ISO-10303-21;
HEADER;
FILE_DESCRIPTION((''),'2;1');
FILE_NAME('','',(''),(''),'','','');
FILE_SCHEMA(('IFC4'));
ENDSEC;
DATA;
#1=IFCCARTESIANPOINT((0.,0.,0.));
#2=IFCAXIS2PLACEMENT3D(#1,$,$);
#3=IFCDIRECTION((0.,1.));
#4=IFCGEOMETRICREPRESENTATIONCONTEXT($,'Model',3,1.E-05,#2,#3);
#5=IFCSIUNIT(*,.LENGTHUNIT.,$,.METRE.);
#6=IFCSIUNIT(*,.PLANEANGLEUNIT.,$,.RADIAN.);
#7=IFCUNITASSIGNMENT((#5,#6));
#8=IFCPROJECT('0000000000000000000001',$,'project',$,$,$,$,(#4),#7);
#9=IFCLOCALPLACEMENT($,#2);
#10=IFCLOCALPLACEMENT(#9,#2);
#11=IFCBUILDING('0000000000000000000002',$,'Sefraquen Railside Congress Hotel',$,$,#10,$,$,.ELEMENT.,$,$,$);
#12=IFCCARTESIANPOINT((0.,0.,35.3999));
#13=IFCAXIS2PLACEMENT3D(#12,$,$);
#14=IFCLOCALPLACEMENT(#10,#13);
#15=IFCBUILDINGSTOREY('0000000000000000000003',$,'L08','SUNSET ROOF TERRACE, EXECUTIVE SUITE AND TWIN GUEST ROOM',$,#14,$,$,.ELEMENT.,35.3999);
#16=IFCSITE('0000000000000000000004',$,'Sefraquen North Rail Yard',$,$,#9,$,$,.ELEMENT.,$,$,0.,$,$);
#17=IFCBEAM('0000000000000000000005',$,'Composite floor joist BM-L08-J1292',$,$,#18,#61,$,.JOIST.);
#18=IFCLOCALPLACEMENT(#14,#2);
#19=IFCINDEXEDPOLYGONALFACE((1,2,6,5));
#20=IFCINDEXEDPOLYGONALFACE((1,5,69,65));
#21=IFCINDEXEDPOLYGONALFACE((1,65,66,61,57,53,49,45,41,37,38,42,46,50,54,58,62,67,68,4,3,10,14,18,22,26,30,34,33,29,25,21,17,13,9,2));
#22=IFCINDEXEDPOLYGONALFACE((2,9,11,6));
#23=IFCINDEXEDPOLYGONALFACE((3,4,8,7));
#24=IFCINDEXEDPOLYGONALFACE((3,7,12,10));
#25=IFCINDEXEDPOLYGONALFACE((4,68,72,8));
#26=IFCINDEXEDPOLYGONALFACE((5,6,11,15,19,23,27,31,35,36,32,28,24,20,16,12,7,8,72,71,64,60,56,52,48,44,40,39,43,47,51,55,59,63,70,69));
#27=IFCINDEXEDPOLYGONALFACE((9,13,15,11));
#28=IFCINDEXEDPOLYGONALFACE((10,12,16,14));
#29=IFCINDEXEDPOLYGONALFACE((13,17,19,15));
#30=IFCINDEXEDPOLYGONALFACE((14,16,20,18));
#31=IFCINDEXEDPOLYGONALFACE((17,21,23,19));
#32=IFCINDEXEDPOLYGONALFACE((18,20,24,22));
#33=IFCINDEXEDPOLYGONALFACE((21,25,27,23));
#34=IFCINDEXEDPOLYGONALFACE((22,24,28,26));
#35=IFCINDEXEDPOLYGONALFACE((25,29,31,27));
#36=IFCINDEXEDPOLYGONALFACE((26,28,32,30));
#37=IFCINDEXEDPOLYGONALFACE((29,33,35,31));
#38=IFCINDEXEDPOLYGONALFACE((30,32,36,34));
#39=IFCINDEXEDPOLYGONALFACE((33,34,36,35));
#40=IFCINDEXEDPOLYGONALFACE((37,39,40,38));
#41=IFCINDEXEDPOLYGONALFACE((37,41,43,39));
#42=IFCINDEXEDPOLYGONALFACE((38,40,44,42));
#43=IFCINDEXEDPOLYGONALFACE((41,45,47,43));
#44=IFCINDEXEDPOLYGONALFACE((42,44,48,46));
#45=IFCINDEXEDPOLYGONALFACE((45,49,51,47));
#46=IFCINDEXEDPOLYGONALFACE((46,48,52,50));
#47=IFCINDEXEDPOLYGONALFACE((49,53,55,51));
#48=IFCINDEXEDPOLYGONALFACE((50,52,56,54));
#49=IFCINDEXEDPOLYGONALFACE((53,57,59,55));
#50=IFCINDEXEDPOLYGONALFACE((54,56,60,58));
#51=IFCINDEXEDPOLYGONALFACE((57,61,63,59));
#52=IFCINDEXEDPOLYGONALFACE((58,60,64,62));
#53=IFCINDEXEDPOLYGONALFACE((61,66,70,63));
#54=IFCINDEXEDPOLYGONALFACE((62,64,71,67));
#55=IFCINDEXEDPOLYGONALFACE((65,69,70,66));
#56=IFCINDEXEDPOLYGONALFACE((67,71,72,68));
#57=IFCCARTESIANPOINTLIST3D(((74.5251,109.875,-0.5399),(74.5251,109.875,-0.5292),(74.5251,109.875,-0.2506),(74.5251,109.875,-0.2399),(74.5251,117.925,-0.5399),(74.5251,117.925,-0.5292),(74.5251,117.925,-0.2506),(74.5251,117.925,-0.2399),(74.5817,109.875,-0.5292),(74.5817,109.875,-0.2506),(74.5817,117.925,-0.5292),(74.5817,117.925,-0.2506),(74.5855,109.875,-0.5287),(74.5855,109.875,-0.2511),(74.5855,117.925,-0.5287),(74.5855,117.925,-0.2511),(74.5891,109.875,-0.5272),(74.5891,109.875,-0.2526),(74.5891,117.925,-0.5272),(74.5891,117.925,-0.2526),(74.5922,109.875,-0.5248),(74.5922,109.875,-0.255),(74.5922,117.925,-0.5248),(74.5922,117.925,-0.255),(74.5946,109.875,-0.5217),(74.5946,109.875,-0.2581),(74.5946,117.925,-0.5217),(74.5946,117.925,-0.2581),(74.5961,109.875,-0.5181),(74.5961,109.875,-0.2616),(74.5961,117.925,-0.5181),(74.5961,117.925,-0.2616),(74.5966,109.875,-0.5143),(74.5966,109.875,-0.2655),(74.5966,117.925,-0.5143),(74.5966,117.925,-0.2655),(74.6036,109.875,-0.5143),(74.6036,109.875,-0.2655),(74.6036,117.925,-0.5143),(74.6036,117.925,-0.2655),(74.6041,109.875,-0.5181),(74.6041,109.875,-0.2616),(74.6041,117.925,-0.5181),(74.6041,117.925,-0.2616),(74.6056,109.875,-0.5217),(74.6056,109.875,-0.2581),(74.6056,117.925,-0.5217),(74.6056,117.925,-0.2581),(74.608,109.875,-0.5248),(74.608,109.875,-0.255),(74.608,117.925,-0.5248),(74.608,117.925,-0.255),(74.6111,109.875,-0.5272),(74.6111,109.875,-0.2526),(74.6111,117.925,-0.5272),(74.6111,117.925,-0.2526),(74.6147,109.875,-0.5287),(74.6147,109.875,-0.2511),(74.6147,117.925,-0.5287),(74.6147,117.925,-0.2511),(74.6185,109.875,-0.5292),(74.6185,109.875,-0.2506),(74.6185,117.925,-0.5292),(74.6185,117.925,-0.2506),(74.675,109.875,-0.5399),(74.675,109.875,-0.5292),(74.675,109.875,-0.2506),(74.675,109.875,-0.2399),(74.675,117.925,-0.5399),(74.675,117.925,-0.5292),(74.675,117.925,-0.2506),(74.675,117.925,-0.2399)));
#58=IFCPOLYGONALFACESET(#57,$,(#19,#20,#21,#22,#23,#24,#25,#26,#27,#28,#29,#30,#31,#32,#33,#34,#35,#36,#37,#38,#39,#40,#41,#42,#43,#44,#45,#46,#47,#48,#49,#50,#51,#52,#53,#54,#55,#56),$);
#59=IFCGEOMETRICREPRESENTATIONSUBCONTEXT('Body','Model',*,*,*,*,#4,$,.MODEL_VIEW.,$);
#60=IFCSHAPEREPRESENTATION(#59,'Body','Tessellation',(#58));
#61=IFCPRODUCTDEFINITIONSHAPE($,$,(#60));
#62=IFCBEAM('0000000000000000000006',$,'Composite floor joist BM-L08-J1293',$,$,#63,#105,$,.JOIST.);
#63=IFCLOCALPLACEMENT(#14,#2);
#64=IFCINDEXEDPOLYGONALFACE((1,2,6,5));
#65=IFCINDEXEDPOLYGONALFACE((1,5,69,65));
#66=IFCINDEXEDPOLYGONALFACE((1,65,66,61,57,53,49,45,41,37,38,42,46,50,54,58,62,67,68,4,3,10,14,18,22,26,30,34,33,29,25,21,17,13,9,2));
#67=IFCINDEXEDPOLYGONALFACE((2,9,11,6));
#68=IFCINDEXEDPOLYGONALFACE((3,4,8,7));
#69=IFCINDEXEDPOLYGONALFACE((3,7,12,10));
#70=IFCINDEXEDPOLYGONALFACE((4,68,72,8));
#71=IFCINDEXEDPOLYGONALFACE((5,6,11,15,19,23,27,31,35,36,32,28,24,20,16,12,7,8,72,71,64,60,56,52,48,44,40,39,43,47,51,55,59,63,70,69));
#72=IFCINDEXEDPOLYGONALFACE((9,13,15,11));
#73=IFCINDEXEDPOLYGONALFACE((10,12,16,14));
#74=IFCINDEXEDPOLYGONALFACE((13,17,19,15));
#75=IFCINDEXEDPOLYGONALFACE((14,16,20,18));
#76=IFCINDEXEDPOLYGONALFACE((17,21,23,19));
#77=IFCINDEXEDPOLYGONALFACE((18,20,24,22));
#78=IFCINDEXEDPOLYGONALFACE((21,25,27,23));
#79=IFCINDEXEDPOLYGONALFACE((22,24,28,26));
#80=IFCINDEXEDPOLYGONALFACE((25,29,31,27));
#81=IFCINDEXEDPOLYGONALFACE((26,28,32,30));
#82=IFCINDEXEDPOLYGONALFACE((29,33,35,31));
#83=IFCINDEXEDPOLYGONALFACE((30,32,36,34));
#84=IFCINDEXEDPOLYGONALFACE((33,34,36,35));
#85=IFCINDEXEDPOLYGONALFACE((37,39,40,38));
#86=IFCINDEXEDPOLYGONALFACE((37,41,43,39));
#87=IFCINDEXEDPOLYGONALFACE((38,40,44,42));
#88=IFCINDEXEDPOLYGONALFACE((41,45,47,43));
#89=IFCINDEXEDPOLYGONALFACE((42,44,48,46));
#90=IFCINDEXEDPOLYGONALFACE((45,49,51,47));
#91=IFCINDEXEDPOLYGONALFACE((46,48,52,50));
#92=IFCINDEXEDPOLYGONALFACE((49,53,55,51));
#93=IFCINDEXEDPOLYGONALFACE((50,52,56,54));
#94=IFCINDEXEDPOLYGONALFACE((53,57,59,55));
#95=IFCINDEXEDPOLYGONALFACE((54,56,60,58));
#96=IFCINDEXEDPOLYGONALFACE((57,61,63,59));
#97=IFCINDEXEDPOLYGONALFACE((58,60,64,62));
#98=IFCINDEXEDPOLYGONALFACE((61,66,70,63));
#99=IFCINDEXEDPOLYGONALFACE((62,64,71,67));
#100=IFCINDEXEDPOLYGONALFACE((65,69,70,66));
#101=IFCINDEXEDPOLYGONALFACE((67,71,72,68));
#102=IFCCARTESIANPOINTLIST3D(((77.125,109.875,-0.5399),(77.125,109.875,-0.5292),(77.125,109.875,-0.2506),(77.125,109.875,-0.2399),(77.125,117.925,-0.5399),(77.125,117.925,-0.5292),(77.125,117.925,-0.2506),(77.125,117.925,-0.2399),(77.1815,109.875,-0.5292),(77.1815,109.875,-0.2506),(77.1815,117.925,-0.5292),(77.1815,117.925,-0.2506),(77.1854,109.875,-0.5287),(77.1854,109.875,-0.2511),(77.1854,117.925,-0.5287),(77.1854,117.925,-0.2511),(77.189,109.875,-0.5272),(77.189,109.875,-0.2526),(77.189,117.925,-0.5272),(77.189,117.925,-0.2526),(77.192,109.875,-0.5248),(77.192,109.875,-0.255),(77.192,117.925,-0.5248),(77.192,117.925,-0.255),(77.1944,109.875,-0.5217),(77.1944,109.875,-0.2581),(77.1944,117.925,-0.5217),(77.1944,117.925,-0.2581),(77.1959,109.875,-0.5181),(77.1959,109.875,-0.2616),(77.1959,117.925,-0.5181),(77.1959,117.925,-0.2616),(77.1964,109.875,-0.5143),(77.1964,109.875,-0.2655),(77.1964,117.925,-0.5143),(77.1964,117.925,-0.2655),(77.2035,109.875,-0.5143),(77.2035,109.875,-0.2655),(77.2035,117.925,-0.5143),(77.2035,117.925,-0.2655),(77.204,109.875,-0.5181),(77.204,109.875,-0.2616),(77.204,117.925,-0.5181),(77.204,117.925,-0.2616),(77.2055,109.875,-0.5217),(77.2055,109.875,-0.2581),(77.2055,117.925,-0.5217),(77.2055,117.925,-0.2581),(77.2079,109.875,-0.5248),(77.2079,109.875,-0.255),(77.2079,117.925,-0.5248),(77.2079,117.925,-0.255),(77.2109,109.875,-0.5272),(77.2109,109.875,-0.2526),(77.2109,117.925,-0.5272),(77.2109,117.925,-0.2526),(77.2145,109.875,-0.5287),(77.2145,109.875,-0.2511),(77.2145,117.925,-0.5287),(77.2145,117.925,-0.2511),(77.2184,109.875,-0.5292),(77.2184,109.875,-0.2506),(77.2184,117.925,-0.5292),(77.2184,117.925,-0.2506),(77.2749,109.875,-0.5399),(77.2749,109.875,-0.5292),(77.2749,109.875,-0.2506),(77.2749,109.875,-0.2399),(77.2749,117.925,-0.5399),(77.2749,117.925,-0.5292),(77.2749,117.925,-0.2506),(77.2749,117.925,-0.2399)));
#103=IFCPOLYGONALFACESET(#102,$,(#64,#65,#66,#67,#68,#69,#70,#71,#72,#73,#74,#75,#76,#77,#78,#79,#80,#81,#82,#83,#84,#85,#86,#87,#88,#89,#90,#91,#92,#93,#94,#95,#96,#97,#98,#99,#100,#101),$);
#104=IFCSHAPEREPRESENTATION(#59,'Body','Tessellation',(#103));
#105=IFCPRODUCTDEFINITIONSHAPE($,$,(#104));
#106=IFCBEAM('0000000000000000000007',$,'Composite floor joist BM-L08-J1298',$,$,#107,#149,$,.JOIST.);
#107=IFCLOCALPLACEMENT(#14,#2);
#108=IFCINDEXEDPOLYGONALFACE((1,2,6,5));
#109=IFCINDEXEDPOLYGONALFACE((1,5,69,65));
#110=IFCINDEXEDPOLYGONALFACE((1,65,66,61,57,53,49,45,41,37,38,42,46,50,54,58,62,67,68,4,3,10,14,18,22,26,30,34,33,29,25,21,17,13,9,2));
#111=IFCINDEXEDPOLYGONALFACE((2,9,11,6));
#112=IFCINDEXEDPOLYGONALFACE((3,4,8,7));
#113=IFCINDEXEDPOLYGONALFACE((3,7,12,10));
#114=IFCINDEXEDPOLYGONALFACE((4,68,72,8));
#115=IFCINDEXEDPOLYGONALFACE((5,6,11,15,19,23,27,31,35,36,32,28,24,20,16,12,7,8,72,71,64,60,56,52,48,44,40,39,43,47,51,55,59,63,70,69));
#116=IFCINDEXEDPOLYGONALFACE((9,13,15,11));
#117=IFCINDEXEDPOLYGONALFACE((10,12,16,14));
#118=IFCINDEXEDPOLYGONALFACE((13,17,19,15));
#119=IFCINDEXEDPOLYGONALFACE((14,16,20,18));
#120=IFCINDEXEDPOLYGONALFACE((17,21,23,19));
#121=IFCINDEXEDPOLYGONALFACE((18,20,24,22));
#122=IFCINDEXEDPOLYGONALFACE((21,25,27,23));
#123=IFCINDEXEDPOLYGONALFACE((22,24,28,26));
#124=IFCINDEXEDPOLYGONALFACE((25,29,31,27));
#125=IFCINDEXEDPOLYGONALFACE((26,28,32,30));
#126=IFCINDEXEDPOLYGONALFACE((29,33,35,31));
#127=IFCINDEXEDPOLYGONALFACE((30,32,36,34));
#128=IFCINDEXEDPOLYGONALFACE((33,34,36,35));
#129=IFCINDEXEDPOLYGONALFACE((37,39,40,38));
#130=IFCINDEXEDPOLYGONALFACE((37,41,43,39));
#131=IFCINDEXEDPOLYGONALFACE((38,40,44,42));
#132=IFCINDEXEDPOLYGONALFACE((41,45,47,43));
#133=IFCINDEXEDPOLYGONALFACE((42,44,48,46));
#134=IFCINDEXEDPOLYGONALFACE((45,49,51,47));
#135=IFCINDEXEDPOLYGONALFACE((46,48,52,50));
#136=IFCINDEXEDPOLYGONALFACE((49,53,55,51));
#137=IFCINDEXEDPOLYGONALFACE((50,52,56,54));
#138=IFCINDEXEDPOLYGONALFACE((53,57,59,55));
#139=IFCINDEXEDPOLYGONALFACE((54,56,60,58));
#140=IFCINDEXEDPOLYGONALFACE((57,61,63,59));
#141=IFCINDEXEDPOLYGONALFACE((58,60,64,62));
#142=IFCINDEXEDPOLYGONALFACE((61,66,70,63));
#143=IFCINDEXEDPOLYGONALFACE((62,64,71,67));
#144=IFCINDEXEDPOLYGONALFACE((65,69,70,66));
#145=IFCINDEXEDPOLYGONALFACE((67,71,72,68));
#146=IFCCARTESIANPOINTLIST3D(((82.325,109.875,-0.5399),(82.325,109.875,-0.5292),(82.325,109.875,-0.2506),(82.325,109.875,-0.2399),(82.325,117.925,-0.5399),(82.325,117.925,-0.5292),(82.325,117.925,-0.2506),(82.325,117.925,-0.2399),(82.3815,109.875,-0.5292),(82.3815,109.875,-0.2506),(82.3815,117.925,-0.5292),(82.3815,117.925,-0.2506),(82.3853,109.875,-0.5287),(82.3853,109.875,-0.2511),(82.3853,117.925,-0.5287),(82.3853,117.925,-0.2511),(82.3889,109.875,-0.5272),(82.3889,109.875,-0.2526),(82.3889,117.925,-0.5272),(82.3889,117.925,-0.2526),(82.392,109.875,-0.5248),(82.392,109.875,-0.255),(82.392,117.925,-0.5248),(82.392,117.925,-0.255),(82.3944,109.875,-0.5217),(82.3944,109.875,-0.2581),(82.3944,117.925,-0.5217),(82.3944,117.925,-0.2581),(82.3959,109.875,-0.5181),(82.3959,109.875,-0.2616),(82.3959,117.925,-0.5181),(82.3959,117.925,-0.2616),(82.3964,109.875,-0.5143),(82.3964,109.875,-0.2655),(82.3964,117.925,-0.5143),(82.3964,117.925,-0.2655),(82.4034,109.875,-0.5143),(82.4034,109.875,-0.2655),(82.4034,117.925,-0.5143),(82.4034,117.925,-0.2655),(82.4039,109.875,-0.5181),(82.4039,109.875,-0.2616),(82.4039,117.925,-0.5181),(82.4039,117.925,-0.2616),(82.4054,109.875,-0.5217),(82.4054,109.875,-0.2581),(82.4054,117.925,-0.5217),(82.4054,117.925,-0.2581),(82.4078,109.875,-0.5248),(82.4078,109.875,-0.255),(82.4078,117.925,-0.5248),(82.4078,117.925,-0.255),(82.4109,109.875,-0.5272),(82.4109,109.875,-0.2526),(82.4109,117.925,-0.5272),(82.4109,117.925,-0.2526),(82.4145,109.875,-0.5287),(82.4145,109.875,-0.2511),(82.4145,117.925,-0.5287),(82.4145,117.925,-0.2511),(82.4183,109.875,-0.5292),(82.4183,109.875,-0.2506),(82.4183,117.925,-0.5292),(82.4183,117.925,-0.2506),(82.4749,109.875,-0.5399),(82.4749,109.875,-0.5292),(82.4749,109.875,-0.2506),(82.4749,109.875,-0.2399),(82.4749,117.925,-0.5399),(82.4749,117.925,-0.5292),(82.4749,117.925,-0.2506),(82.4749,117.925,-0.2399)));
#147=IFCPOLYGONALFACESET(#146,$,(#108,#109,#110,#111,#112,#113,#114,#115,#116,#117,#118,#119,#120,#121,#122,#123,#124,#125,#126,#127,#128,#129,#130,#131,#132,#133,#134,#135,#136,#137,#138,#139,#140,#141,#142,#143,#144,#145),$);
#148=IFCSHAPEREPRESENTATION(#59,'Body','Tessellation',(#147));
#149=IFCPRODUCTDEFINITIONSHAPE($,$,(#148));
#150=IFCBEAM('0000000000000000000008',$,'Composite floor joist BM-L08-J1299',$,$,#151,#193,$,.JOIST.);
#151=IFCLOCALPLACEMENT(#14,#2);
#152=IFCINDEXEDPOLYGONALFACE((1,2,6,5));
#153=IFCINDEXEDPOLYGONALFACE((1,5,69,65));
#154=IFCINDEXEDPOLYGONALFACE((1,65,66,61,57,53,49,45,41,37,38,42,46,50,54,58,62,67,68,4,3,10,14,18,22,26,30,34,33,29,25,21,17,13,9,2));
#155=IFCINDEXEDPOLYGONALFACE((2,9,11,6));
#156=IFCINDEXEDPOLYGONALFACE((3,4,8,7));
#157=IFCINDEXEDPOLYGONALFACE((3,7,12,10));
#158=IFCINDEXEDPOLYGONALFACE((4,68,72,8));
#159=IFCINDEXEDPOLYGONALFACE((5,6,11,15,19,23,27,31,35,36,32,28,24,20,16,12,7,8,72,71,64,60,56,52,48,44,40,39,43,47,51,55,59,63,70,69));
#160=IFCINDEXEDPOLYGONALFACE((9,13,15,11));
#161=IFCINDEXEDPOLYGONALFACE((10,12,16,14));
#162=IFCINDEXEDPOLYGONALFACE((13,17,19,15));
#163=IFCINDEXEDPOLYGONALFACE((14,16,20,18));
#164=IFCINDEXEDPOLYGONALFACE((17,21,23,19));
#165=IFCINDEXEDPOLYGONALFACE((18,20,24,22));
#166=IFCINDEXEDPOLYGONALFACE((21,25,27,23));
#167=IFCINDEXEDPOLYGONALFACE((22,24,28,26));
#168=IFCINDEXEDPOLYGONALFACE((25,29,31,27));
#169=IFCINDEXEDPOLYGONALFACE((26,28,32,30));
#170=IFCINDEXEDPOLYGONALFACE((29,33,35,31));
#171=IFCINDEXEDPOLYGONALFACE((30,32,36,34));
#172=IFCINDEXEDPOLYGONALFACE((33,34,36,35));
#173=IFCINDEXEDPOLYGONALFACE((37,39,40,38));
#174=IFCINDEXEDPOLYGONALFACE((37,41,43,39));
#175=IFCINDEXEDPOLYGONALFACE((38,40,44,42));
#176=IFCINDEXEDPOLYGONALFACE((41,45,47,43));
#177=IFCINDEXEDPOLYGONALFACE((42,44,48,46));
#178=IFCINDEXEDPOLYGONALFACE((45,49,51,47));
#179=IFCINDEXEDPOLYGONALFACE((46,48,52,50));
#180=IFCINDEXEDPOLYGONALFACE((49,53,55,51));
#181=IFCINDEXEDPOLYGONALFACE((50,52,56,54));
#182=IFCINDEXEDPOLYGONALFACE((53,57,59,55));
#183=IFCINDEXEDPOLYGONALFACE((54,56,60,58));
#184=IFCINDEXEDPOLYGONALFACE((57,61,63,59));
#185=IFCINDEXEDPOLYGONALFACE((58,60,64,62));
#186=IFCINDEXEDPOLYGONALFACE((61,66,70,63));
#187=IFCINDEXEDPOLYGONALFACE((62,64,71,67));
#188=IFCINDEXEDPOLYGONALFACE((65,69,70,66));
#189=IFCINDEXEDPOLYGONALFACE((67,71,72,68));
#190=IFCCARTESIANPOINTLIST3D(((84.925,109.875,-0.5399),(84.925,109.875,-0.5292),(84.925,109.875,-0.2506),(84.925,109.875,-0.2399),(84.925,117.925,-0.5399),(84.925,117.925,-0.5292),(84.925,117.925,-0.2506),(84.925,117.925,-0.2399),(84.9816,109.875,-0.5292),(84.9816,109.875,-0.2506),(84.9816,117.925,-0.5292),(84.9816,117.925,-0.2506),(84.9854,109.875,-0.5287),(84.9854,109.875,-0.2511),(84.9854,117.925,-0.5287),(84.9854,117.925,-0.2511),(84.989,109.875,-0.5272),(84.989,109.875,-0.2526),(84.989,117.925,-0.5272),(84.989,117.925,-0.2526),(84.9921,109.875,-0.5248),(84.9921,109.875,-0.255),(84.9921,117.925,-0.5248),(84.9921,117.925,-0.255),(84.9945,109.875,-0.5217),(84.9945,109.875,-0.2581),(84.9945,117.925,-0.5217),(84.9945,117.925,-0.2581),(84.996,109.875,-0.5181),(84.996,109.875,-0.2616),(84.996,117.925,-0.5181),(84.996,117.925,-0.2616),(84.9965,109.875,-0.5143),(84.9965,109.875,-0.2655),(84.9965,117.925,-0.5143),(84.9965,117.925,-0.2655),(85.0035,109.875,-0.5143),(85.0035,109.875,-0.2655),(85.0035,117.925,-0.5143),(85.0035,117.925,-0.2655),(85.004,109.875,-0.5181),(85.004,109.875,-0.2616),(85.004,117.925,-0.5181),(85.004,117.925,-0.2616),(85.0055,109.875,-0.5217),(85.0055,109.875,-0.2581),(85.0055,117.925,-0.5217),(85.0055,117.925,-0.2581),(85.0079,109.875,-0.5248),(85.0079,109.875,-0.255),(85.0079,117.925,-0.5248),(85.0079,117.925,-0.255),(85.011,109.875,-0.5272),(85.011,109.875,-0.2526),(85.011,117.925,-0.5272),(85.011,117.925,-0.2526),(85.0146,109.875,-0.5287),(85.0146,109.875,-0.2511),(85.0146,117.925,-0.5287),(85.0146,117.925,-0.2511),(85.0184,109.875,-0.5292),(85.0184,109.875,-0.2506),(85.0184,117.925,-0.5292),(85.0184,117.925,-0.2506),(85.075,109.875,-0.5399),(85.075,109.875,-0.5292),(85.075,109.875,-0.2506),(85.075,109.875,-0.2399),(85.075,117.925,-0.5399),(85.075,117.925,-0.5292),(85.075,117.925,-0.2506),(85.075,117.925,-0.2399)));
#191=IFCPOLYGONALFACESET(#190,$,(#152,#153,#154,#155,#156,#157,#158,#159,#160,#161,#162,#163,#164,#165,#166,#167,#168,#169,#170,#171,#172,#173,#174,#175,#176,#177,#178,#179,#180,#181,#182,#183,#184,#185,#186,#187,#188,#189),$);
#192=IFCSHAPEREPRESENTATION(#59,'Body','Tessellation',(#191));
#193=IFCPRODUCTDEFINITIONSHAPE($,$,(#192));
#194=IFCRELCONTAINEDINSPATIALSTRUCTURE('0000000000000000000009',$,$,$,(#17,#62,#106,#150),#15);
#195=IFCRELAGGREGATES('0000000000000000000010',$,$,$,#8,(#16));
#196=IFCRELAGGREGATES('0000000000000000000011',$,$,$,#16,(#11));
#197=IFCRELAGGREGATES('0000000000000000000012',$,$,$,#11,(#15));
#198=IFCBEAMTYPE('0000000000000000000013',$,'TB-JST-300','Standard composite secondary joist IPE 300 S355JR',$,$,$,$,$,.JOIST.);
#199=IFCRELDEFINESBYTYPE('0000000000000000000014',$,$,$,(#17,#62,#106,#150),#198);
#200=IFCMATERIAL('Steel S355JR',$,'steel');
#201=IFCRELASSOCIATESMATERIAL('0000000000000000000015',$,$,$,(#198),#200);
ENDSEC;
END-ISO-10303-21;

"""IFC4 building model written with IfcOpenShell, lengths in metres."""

from ifc_helpers import new_model, si_unit, direction, frame, origin, origin_2d, place, context, subcontext, project, spatial, i_section, extrude, material, material_profile, profile_set, type_object, element, save


model = new_model("IFC4")

# Units and contexts
model_context = context("Model", 3, precision=1e-05, world=origin(), true_north=direction((0.0, 1.0)))
body_context = subcontext(model_context, "Body", "Model", "MODEL_VIEW")
ifc_project = project(units=[si_unit("LENGTHUNIT", "METRE"), si_unit("PLANEANGLEUNIT", "RADIAN")], contexts=[model_context])

# Site, building, storey
site_placement = place(None, origin())
site = spatial("IfcSite", under=ifc_project, at=site_placement, Name="Sefraquen North Rail Yard", CompositionType="ELEMENT", RefElevation=0.0)
building_placement = place(site_placement, origin())
building = spatial("IfcBuilding", under=site, at=building_placement, Name="Sefraquen Railside Congress Hotel", CompositionType="ELEMENT")
storey_placement = place(building_placement, frame((0.0, 0.0, 35.3999)))
storey = spatial("IfcBuildingStorey", under=building, at=storey_placement, Name="L08", Description="SUNSET ROOF TERRACE, EXECUTIVE SUITE AND TWIN GUEST ROOM", CompositionType="ELEMENT", Elevation=35.3999)

# Shared definitions
ifc_material_1 = material(Name="Steel S355JR", Category="steel")

# Beams
ifc_material_profile_1 = material_profile(ifc_material_1, i_section(OverallWidth=0.1499, OverallDepth=0.3, WebThickness=0.0071, FlangeThickness=0.0107, FilletRadius=0.0149, at=origin_2d()), Name="IPE 300")
ifc_profile_set_1 = profile_set([ifc_material_profile_1], Name="Steel S355JR")
beam_type_1 = type_object("IfcBeamType", Name="TB-JST-300", Description="Standard composite secondary joist IPE 300 S355JR", PredefinedType="JOIST", material=ifc_profile_set_1)
for number, where, z_axis, x_axis, name in (
    (1, (74.6001, 109.875, -0.3899), (0.0, 1.0, 0.0), (-1.0, 0.0, 0.0), "Composite floor joist BM-L08-J1292"),
    (2, (77.2, 109.875, -0.3899), (0.0, 1.0, 0.0), (-1.0, 0.0, 0.0), "Composite floor joist BM-L08-J1293"),
    (3, (82.3999, 109.875, -0.3899), (0.0, 1.0, 0.0), (-1.0, 0.0, 0.0), "Composite floor joist BM-L08-J1298"),
    (4, (85.0, 109.875, -0.3899), (0.0, 1.0, 0.0), (-1.0, 0.0, 0.0), "Composite floor joist BM-L08-J1299"),
):
    element("IfcBeam", number, at=place(storey_placement, frame(where, z_axis=z_axis, x_axis=x_axis)), inside=storey, type_object=beam_type_1, Name=name, PredefinedType="JOIST", context=body_context, shape_type="SweptSolid", body=[
        extrude(i_section(OverallWidth=0.1499, OverallDepth=0.3, WebThickness=0.0071, FlangeThickness=0.0107, FilletRadius=0.0149, at=origin_2d()), origin(), (0.0, 0.0, 1.0), 8.05),
    ])

save(model, "model.ifc")
